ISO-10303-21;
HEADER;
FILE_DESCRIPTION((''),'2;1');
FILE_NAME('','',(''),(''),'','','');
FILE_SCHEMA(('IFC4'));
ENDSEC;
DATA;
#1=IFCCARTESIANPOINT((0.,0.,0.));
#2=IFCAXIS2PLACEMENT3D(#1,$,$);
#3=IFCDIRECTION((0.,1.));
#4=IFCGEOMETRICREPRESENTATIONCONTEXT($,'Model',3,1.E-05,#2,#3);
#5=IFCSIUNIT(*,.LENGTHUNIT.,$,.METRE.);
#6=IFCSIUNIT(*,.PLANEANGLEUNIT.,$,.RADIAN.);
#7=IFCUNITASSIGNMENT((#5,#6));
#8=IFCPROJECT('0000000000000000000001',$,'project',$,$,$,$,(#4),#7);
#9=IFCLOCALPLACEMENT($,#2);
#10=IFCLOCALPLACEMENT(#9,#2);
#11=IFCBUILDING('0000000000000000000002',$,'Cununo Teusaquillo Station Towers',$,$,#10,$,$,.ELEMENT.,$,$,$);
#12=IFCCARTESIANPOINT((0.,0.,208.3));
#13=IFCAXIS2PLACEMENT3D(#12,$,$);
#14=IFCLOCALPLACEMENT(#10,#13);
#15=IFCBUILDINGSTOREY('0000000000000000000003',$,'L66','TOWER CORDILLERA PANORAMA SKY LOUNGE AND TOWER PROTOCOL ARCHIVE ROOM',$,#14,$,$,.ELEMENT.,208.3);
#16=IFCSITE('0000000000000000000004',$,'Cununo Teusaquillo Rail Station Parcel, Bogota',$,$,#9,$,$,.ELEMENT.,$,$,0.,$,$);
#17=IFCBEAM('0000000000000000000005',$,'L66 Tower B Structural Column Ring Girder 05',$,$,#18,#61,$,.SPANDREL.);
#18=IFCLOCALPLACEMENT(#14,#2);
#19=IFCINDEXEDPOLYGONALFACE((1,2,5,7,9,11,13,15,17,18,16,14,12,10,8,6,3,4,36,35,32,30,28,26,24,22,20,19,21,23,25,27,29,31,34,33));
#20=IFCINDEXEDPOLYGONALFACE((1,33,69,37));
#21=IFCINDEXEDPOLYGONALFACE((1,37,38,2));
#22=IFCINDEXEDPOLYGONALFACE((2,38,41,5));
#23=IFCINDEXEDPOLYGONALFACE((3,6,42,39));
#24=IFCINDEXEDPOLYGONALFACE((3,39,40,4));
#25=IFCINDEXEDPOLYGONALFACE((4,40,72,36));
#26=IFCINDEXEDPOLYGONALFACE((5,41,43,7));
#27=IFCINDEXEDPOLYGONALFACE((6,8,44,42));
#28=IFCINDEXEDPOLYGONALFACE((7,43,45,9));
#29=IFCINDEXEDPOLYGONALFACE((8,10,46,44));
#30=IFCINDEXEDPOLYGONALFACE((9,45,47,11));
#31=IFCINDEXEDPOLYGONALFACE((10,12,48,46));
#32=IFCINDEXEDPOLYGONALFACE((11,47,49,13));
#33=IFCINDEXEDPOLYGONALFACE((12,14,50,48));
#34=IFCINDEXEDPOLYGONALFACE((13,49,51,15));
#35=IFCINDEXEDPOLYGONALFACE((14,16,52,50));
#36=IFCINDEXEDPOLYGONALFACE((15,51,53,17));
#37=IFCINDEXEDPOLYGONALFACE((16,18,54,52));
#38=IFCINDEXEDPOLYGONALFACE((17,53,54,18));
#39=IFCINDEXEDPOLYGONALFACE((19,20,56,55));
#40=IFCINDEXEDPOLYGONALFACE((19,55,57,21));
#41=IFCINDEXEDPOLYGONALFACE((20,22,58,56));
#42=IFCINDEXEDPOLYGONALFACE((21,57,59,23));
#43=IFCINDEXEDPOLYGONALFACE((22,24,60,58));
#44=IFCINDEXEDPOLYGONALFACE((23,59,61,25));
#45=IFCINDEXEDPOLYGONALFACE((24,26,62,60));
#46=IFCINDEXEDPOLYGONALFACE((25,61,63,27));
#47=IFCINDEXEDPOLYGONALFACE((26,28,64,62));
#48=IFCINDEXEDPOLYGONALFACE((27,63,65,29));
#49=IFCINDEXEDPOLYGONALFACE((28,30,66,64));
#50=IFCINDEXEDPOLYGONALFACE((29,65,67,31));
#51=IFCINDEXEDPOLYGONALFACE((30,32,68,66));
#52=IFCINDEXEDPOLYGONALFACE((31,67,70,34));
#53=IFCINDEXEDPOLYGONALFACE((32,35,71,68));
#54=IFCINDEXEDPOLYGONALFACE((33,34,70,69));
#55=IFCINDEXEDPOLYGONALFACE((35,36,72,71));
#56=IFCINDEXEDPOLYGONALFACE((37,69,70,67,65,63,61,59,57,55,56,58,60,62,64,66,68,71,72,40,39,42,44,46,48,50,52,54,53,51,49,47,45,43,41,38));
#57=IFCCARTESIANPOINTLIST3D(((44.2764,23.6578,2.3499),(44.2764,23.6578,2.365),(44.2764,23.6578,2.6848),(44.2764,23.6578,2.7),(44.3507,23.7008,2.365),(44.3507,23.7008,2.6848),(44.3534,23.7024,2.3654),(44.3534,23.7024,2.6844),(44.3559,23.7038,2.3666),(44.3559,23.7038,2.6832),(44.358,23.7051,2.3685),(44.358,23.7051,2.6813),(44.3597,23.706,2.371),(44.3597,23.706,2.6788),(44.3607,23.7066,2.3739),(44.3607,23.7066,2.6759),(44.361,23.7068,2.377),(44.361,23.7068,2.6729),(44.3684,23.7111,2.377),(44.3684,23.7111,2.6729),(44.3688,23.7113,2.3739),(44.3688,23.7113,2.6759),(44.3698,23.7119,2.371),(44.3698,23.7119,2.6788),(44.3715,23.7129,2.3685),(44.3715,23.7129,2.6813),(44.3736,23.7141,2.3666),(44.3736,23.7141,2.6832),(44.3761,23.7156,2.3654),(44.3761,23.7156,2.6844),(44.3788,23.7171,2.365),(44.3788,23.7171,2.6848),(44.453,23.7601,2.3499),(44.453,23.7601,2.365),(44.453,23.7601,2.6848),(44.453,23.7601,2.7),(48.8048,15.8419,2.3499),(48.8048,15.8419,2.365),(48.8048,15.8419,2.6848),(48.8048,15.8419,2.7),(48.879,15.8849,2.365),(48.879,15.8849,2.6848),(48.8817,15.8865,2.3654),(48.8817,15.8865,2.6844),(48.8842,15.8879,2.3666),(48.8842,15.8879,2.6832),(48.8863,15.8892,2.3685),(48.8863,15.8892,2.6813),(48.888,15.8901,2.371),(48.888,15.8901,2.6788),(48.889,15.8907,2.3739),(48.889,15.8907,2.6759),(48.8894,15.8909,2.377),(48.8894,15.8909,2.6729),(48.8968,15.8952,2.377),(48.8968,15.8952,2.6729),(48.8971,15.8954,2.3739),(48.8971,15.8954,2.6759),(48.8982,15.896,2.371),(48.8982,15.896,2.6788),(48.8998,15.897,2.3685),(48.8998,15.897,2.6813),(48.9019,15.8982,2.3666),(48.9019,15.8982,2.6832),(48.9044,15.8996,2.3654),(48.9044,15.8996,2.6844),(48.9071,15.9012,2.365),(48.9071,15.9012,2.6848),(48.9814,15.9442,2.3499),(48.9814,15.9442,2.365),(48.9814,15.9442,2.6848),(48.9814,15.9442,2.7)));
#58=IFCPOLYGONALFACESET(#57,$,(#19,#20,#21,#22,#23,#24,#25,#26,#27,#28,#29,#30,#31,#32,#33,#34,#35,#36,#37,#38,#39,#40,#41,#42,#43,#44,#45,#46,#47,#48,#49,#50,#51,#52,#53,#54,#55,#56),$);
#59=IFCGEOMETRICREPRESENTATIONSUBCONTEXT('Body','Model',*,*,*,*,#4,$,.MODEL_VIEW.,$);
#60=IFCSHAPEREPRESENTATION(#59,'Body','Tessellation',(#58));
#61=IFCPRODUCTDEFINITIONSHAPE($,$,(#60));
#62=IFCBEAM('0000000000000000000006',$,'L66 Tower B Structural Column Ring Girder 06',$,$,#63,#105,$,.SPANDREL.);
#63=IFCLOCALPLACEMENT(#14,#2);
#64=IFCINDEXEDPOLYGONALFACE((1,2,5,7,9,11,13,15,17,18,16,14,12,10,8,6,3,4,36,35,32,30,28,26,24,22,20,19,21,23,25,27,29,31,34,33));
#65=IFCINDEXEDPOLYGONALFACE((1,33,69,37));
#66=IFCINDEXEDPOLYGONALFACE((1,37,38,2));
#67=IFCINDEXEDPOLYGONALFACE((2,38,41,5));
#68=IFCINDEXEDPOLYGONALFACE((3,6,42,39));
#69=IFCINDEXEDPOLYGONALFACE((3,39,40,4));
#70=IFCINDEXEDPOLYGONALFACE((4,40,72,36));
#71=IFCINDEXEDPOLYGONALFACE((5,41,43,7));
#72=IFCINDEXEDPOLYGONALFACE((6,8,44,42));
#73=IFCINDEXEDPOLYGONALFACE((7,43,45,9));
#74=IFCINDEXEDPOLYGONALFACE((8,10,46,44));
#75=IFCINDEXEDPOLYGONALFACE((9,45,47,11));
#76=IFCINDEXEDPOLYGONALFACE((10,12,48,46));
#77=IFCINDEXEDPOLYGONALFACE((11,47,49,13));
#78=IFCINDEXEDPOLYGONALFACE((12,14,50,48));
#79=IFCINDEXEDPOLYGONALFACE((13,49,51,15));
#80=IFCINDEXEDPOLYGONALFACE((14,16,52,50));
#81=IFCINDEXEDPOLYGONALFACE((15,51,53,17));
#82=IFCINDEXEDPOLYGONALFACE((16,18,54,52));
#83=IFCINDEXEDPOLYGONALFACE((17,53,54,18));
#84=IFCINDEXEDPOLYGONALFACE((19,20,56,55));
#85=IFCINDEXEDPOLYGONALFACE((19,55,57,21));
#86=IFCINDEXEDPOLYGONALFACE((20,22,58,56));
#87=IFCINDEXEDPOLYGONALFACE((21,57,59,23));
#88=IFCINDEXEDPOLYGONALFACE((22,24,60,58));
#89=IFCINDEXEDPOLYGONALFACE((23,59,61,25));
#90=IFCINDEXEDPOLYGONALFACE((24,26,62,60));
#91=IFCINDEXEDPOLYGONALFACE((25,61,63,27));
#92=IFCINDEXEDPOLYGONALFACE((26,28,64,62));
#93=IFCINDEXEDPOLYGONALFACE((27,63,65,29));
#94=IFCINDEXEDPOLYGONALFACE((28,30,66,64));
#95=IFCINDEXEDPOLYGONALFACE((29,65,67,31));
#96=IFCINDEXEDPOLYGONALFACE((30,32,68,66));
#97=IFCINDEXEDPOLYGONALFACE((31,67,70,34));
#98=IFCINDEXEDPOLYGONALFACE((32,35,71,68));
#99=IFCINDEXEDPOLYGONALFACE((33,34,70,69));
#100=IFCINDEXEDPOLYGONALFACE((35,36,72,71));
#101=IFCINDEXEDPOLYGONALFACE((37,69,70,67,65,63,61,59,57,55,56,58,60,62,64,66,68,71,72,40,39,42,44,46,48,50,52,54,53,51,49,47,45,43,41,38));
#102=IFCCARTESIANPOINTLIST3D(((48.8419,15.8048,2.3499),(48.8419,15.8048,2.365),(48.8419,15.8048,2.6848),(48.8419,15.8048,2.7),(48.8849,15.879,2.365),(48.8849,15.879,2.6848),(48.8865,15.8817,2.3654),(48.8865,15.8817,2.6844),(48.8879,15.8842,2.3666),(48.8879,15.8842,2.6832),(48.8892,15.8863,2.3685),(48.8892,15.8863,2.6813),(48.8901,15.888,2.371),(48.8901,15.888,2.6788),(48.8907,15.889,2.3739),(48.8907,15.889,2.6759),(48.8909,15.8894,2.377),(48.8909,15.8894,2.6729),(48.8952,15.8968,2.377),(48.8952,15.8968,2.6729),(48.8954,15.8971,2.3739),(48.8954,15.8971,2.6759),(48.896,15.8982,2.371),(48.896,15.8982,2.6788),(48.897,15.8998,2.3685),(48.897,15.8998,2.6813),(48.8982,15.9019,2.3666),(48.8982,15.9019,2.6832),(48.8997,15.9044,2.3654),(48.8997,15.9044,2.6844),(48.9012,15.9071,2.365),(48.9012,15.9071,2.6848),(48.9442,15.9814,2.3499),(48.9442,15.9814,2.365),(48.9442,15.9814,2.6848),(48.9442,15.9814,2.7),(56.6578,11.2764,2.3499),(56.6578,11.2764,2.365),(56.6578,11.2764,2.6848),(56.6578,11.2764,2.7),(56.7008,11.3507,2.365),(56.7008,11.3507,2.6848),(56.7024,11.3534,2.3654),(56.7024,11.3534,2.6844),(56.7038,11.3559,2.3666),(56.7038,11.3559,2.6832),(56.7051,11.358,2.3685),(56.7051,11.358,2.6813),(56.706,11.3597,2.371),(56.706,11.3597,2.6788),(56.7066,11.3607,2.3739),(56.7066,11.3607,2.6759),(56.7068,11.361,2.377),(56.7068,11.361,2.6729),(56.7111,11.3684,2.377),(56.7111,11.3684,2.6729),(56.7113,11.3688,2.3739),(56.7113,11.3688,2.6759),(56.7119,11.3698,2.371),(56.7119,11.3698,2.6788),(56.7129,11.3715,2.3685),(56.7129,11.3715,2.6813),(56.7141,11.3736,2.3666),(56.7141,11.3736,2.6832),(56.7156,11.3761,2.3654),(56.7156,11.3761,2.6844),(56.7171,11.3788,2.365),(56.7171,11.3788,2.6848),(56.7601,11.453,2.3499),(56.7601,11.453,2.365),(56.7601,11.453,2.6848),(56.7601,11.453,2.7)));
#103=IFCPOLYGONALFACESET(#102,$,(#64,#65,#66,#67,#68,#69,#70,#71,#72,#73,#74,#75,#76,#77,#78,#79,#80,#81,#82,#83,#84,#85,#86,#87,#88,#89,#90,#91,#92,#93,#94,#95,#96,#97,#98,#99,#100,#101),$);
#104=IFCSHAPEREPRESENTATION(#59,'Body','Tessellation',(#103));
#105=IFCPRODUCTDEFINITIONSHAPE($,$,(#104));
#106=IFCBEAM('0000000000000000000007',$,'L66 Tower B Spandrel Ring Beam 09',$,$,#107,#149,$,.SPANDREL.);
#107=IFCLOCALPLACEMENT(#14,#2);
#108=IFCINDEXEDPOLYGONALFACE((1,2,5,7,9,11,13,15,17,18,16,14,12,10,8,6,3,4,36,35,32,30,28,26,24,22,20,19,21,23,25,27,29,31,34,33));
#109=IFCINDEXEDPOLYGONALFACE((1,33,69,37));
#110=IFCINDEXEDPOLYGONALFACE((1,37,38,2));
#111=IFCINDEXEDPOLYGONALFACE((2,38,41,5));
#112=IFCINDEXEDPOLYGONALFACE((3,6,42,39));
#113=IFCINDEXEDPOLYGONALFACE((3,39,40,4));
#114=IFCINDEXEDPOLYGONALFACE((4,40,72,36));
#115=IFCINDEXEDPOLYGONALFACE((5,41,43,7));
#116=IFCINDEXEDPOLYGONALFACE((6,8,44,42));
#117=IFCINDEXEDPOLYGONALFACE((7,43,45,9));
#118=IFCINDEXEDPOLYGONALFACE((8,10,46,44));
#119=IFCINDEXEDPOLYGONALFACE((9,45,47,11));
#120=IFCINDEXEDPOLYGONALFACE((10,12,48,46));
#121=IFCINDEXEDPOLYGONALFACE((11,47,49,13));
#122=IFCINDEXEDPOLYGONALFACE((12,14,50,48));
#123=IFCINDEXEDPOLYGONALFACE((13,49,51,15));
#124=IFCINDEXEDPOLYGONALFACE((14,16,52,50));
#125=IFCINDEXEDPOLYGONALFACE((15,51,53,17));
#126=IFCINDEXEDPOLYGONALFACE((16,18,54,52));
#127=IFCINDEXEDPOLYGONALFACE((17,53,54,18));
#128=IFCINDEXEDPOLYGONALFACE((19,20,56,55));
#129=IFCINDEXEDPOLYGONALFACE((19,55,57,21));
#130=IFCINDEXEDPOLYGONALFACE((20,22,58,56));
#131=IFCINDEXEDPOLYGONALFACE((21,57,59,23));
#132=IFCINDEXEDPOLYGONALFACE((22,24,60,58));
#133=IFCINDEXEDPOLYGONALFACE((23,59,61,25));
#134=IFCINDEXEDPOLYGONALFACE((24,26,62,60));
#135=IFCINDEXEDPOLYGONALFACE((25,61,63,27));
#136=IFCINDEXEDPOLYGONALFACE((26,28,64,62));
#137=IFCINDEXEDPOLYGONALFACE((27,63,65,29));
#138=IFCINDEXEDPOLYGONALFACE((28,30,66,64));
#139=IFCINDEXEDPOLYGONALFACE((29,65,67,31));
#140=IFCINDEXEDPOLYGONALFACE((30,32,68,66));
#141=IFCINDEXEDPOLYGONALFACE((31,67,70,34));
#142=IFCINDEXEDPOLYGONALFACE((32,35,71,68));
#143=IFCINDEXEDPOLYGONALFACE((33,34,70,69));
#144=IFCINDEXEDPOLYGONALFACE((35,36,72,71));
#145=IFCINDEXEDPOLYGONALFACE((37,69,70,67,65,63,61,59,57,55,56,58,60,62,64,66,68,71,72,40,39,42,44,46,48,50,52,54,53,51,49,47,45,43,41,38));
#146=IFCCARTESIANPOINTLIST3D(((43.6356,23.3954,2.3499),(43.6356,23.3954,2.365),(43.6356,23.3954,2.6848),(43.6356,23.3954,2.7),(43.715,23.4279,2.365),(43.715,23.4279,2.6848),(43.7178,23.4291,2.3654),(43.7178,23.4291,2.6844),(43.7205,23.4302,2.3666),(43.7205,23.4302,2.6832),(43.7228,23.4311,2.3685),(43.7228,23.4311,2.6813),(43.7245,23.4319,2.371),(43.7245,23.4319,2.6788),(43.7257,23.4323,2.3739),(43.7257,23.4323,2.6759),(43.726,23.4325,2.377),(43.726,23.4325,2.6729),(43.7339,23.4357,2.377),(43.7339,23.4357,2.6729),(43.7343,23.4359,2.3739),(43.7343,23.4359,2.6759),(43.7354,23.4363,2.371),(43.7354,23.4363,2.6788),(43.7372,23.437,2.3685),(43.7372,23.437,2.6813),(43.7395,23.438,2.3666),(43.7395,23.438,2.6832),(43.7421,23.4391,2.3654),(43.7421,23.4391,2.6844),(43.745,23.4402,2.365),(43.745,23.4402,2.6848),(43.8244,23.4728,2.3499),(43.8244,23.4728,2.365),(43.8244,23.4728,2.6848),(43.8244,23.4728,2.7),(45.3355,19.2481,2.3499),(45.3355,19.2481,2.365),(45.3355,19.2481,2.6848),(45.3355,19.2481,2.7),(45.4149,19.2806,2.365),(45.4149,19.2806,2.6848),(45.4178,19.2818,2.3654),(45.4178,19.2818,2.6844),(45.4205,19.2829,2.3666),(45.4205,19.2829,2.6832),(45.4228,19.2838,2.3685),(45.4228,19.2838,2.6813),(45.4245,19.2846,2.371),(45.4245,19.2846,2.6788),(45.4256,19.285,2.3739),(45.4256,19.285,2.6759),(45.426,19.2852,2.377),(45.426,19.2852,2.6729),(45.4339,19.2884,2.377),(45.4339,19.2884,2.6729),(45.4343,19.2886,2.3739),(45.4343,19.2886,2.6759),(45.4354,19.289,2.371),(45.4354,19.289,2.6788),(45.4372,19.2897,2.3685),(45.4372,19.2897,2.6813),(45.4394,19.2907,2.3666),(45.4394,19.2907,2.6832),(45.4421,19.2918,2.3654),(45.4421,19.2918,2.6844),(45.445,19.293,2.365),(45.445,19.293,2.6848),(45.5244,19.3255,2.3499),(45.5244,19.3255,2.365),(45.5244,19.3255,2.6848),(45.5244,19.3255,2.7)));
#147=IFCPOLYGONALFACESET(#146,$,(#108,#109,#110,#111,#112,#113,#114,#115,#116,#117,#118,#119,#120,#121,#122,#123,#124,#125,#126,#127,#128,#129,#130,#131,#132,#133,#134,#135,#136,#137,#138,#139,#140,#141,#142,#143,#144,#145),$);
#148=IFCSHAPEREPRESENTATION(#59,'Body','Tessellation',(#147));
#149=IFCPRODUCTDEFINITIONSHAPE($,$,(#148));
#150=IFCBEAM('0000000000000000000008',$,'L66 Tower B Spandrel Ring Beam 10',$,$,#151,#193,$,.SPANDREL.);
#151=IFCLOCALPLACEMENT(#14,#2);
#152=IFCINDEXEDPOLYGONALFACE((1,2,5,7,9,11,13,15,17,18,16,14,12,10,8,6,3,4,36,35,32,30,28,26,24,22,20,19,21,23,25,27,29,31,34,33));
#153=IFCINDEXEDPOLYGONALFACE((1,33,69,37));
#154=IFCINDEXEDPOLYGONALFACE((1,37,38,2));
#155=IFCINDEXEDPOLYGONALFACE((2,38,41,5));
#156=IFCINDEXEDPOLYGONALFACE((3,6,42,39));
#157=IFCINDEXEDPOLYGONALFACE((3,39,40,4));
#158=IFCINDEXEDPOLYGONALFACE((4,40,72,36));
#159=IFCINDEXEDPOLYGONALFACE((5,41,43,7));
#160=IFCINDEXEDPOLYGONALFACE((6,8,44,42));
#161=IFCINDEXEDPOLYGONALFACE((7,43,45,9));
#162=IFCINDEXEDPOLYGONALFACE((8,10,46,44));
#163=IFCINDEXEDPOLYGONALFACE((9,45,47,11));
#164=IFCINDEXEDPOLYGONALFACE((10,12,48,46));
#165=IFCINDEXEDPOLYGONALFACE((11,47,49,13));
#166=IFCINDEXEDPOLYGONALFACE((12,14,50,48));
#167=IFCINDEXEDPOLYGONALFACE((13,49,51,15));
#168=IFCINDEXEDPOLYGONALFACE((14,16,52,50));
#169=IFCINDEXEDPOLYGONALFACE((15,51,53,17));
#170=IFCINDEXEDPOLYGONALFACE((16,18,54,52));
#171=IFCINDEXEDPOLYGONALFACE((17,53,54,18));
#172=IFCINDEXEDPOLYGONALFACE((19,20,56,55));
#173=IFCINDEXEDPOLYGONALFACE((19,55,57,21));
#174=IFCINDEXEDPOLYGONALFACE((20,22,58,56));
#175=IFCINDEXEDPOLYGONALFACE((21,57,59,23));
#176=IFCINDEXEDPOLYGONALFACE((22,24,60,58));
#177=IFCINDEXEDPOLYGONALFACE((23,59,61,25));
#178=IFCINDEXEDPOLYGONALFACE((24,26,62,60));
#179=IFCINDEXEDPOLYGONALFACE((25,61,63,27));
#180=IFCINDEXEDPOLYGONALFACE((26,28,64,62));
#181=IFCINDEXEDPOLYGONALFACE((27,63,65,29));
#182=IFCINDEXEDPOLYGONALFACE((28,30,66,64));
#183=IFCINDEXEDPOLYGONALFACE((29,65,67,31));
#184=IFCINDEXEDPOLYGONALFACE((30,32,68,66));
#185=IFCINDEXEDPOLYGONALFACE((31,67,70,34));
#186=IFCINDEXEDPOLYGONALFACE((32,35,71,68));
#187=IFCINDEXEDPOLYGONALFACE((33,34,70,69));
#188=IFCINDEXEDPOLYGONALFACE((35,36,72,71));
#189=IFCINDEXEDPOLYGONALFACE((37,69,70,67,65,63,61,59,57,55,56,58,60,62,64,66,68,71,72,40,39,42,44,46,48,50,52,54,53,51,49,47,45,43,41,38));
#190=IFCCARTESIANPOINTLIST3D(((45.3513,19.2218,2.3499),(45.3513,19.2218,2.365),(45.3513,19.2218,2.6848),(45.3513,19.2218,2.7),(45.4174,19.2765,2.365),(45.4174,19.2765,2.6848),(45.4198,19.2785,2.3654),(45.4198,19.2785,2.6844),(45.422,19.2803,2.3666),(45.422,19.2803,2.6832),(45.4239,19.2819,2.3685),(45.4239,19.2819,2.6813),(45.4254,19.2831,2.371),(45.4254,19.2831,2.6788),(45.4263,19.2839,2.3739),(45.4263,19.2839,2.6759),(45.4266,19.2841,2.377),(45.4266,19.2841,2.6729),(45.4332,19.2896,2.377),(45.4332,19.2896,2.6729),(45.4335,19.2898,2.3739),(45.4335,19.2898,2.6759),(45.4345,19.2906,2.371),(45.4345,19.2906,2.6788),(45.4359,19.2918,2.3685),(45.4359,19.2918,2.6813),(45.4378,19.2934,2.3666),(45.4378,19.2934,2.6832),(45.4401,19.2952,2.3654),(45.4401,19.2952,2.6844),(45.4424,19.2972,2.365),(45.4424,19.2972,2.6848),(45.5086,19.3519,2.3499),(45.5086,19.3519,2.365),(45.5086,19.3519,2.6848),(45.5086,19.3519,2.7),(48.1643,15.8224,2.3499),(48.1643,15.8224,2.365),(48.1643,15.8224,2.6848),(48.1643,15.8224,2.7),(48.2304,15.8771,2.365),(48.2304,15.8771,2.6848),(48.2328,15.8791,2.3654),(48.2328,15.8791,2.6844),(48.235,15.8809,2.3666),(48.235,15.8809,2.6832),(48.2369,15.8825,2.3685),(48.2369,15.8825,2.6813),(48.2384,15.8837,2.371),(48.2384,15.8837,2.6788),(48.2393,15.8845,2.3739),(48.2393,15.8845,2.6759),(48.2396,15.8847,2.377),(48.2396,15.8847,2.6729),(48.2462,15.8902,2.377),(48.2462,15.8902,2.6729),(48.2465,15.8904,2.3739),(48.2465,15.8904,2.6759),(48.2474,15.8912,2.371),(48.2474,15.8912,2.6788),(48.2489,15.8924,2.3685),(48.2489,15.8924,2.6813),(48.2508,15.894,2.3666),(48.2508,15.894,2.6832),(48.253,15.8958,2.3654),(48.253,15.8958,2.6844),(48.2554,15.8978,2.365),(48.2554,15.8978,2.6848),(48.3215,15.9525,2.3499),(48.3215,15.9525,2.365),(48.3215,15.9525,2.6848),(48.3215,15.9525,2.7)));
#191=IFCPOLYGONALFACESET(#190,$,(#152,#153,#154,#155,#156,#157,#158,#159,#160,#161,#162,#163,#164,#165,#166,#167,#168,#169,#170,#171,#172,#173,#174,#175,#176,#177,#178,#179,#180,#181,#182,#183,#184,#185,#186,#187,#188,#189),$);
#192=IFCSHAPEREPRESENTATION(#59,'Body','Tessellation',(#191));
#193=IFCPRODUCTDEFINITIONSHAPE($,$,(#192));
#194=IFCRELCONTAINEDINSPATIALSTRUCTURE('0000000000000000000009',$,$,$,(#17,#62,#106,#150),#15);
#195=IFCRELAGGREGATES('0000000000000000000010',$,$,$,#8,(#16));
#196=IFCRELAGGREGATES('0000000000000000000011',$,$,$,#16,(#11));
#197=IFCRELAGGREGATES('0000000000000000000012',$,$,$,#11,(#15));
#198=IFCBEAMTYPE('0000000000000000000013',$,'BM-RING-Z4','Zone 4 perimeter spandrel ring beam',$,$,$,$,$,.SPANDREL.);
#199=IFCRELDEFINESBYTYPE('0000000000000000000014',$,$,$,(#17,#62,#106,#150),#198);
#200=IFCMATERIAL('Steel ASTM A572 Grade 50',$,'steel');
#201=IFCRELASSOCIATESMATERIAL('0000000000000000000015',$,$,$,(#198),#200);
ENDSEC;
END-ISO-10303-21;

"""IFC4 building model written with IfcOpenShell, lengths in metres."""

from ifc_helpers import new_model, si_unit, direction, frame, origin, origin_2d, place, context, subcontext, project, spatial, i_section, extrude, material, material_profile, profile_set, type_object, element, save


model = new_model("IFC4")

# Units and contexts
model_context = context("Model", 3, precision=1e-05, world=origin(), true_north=direction((0.0, 1.0)))
body_context = subcontext(model_context, "Body", "Model", "MODEL_VIEW")
ifc_project = project(units=[si_unit("LENGTHUNIT", "METRE"), si_unit("PLANEANGLEUNIT", "RADIAN")], contexts=[model_context])

# Site, building, storey
site_placement = place(None, origin())
site = spatial("IfcSite", under=ifc_project, at=site_placement, Name="Cununo Teusaquillo Rail Station Parcel, Bogota", CompositionType="ELEMENT", RefElevation=0.0)
building_placement = place(site_placement, origin())
building = spatial("IfcBuilding", under=site, at=building_placement, Name="Cununo Teusaquillo Station Towers", CompositionType="ELEMENT")
storey_placement = place(building_placement, frame((0.0, 0.0, 208.3)))
storey = spatial("IfcBuildingStorey", under=building, at=storey_placement, Name="L66", Description="TOWER CORDILLERA PANORAMA SKY LOUNGE AND TOWER PROTOCOL ARCHIVE ROOM", CompositionType="ELEMENT", Elevation=208.3)

# Beams
ifc_material_1 = material(Name="Steel ASTM A572 Grade 50", Category="steel")
ifc_material_profile_1 = material_profile(ifc_material_1, i_section(OverallWidth=0.2041, OverallDepth=0.3501, WebThickness=0.0085, FlangeThickness=0.0151, FilletRadius=0.012, at=origin_2d()), Name="W14X48")
ifc_profile_set_1 = profile_set([ifc_material_profile_1], Name="Steel ASTM A572 Grade 50")
beam_type_1 = type_object("IfcBeamType", Name="BM-RING-Z4", Description="Zone 4 perimeter spandrel ring beam", PredefinedType="SPANDREL", material=ifc_profile_set_1)
for number, where, z_axis, x_axis, name in (
    (1, (44.3647, 23.709, 2.5249), (0.501311, -0.865267, 0.0), (0.865267, 0.501311, 0.0), "L66 Tower B Structural Column Ring Girder 05"),
    (2, (48.8931, 15.8931, 2.5249), (0.865267, -0.501311, 0.0), (0.501311, 0.865267, 0.0), "L66 Tower B Structural Column Ring Girder 06"),
):
    element("IfcBeam", number, at=place(storey_placement, frame(where, z_axis=z_axis, x_axis=x_axis)), inside=storey, type_object=beam_type_1, Name=name, PredefinedType="SPANDREL", context=body_context, shape_type="SweptSolid", body=[
        extrude(i_section(OverallWidth=0.2041, OverallDepth=0.3501, WebThickness=0.0085, FlangeThickness=0.0151, FilletRadius=0.012, at=origin_2d()), origin(), (0.0, 0.0, 1.0), 9.033),
    ])
beam_1_placement = place(storey_placement, frame((43.73, 23.4341, 2.5249), z_axis=(0.379275, -0.925284, 0.0), x_axis=(0.925284, 0.379275, 0.0)))
element("IfcBeam", 3, at=beam_1_placement, inside=storey, type_object=beam_type_1, Name="L66 Tower B Spandrel Ring Beam 09", PredefinedType="SPANDREL", context=body_context, shape_type="SweptSolid", body=[
    extrude(i_section(OverallWidth=0.2041, OverallDepth=0.3501, WebThickness=0.0085, FlangeThickness=0.0151, FilletRadius=0.012, at=origin_2d()), origin(), (0.0, 0.0, 1.0), 4.4822),
])
beam_2_placement = place(storey_placement, frame((45.4299, 19.2869, 2.5249), z_axis=(0.637525, -0.77043, 0.0), x_axis=(0.77043, 0.637525, 0.0)))
element("IfcBeam", 4, at=beam_2_placement, inside=storey, type_object=beam_type_1, Name="L66 Tower B Spandrel Ring Beam 10", PredefinedType="SPANDREL", context=body_context, shape_type="SweptSolid", body=[
    extrude(i_section(OverallWidth=0.2041, OverallDepth=0.3501, WebThickness=0.0085, FlangeThickness=0.0151, FilletRadius=0.012, at=origin_2d()), origin(), (0.0, 0.0, 1.0), 4.4124),
])

save(model, "model.ifc")
